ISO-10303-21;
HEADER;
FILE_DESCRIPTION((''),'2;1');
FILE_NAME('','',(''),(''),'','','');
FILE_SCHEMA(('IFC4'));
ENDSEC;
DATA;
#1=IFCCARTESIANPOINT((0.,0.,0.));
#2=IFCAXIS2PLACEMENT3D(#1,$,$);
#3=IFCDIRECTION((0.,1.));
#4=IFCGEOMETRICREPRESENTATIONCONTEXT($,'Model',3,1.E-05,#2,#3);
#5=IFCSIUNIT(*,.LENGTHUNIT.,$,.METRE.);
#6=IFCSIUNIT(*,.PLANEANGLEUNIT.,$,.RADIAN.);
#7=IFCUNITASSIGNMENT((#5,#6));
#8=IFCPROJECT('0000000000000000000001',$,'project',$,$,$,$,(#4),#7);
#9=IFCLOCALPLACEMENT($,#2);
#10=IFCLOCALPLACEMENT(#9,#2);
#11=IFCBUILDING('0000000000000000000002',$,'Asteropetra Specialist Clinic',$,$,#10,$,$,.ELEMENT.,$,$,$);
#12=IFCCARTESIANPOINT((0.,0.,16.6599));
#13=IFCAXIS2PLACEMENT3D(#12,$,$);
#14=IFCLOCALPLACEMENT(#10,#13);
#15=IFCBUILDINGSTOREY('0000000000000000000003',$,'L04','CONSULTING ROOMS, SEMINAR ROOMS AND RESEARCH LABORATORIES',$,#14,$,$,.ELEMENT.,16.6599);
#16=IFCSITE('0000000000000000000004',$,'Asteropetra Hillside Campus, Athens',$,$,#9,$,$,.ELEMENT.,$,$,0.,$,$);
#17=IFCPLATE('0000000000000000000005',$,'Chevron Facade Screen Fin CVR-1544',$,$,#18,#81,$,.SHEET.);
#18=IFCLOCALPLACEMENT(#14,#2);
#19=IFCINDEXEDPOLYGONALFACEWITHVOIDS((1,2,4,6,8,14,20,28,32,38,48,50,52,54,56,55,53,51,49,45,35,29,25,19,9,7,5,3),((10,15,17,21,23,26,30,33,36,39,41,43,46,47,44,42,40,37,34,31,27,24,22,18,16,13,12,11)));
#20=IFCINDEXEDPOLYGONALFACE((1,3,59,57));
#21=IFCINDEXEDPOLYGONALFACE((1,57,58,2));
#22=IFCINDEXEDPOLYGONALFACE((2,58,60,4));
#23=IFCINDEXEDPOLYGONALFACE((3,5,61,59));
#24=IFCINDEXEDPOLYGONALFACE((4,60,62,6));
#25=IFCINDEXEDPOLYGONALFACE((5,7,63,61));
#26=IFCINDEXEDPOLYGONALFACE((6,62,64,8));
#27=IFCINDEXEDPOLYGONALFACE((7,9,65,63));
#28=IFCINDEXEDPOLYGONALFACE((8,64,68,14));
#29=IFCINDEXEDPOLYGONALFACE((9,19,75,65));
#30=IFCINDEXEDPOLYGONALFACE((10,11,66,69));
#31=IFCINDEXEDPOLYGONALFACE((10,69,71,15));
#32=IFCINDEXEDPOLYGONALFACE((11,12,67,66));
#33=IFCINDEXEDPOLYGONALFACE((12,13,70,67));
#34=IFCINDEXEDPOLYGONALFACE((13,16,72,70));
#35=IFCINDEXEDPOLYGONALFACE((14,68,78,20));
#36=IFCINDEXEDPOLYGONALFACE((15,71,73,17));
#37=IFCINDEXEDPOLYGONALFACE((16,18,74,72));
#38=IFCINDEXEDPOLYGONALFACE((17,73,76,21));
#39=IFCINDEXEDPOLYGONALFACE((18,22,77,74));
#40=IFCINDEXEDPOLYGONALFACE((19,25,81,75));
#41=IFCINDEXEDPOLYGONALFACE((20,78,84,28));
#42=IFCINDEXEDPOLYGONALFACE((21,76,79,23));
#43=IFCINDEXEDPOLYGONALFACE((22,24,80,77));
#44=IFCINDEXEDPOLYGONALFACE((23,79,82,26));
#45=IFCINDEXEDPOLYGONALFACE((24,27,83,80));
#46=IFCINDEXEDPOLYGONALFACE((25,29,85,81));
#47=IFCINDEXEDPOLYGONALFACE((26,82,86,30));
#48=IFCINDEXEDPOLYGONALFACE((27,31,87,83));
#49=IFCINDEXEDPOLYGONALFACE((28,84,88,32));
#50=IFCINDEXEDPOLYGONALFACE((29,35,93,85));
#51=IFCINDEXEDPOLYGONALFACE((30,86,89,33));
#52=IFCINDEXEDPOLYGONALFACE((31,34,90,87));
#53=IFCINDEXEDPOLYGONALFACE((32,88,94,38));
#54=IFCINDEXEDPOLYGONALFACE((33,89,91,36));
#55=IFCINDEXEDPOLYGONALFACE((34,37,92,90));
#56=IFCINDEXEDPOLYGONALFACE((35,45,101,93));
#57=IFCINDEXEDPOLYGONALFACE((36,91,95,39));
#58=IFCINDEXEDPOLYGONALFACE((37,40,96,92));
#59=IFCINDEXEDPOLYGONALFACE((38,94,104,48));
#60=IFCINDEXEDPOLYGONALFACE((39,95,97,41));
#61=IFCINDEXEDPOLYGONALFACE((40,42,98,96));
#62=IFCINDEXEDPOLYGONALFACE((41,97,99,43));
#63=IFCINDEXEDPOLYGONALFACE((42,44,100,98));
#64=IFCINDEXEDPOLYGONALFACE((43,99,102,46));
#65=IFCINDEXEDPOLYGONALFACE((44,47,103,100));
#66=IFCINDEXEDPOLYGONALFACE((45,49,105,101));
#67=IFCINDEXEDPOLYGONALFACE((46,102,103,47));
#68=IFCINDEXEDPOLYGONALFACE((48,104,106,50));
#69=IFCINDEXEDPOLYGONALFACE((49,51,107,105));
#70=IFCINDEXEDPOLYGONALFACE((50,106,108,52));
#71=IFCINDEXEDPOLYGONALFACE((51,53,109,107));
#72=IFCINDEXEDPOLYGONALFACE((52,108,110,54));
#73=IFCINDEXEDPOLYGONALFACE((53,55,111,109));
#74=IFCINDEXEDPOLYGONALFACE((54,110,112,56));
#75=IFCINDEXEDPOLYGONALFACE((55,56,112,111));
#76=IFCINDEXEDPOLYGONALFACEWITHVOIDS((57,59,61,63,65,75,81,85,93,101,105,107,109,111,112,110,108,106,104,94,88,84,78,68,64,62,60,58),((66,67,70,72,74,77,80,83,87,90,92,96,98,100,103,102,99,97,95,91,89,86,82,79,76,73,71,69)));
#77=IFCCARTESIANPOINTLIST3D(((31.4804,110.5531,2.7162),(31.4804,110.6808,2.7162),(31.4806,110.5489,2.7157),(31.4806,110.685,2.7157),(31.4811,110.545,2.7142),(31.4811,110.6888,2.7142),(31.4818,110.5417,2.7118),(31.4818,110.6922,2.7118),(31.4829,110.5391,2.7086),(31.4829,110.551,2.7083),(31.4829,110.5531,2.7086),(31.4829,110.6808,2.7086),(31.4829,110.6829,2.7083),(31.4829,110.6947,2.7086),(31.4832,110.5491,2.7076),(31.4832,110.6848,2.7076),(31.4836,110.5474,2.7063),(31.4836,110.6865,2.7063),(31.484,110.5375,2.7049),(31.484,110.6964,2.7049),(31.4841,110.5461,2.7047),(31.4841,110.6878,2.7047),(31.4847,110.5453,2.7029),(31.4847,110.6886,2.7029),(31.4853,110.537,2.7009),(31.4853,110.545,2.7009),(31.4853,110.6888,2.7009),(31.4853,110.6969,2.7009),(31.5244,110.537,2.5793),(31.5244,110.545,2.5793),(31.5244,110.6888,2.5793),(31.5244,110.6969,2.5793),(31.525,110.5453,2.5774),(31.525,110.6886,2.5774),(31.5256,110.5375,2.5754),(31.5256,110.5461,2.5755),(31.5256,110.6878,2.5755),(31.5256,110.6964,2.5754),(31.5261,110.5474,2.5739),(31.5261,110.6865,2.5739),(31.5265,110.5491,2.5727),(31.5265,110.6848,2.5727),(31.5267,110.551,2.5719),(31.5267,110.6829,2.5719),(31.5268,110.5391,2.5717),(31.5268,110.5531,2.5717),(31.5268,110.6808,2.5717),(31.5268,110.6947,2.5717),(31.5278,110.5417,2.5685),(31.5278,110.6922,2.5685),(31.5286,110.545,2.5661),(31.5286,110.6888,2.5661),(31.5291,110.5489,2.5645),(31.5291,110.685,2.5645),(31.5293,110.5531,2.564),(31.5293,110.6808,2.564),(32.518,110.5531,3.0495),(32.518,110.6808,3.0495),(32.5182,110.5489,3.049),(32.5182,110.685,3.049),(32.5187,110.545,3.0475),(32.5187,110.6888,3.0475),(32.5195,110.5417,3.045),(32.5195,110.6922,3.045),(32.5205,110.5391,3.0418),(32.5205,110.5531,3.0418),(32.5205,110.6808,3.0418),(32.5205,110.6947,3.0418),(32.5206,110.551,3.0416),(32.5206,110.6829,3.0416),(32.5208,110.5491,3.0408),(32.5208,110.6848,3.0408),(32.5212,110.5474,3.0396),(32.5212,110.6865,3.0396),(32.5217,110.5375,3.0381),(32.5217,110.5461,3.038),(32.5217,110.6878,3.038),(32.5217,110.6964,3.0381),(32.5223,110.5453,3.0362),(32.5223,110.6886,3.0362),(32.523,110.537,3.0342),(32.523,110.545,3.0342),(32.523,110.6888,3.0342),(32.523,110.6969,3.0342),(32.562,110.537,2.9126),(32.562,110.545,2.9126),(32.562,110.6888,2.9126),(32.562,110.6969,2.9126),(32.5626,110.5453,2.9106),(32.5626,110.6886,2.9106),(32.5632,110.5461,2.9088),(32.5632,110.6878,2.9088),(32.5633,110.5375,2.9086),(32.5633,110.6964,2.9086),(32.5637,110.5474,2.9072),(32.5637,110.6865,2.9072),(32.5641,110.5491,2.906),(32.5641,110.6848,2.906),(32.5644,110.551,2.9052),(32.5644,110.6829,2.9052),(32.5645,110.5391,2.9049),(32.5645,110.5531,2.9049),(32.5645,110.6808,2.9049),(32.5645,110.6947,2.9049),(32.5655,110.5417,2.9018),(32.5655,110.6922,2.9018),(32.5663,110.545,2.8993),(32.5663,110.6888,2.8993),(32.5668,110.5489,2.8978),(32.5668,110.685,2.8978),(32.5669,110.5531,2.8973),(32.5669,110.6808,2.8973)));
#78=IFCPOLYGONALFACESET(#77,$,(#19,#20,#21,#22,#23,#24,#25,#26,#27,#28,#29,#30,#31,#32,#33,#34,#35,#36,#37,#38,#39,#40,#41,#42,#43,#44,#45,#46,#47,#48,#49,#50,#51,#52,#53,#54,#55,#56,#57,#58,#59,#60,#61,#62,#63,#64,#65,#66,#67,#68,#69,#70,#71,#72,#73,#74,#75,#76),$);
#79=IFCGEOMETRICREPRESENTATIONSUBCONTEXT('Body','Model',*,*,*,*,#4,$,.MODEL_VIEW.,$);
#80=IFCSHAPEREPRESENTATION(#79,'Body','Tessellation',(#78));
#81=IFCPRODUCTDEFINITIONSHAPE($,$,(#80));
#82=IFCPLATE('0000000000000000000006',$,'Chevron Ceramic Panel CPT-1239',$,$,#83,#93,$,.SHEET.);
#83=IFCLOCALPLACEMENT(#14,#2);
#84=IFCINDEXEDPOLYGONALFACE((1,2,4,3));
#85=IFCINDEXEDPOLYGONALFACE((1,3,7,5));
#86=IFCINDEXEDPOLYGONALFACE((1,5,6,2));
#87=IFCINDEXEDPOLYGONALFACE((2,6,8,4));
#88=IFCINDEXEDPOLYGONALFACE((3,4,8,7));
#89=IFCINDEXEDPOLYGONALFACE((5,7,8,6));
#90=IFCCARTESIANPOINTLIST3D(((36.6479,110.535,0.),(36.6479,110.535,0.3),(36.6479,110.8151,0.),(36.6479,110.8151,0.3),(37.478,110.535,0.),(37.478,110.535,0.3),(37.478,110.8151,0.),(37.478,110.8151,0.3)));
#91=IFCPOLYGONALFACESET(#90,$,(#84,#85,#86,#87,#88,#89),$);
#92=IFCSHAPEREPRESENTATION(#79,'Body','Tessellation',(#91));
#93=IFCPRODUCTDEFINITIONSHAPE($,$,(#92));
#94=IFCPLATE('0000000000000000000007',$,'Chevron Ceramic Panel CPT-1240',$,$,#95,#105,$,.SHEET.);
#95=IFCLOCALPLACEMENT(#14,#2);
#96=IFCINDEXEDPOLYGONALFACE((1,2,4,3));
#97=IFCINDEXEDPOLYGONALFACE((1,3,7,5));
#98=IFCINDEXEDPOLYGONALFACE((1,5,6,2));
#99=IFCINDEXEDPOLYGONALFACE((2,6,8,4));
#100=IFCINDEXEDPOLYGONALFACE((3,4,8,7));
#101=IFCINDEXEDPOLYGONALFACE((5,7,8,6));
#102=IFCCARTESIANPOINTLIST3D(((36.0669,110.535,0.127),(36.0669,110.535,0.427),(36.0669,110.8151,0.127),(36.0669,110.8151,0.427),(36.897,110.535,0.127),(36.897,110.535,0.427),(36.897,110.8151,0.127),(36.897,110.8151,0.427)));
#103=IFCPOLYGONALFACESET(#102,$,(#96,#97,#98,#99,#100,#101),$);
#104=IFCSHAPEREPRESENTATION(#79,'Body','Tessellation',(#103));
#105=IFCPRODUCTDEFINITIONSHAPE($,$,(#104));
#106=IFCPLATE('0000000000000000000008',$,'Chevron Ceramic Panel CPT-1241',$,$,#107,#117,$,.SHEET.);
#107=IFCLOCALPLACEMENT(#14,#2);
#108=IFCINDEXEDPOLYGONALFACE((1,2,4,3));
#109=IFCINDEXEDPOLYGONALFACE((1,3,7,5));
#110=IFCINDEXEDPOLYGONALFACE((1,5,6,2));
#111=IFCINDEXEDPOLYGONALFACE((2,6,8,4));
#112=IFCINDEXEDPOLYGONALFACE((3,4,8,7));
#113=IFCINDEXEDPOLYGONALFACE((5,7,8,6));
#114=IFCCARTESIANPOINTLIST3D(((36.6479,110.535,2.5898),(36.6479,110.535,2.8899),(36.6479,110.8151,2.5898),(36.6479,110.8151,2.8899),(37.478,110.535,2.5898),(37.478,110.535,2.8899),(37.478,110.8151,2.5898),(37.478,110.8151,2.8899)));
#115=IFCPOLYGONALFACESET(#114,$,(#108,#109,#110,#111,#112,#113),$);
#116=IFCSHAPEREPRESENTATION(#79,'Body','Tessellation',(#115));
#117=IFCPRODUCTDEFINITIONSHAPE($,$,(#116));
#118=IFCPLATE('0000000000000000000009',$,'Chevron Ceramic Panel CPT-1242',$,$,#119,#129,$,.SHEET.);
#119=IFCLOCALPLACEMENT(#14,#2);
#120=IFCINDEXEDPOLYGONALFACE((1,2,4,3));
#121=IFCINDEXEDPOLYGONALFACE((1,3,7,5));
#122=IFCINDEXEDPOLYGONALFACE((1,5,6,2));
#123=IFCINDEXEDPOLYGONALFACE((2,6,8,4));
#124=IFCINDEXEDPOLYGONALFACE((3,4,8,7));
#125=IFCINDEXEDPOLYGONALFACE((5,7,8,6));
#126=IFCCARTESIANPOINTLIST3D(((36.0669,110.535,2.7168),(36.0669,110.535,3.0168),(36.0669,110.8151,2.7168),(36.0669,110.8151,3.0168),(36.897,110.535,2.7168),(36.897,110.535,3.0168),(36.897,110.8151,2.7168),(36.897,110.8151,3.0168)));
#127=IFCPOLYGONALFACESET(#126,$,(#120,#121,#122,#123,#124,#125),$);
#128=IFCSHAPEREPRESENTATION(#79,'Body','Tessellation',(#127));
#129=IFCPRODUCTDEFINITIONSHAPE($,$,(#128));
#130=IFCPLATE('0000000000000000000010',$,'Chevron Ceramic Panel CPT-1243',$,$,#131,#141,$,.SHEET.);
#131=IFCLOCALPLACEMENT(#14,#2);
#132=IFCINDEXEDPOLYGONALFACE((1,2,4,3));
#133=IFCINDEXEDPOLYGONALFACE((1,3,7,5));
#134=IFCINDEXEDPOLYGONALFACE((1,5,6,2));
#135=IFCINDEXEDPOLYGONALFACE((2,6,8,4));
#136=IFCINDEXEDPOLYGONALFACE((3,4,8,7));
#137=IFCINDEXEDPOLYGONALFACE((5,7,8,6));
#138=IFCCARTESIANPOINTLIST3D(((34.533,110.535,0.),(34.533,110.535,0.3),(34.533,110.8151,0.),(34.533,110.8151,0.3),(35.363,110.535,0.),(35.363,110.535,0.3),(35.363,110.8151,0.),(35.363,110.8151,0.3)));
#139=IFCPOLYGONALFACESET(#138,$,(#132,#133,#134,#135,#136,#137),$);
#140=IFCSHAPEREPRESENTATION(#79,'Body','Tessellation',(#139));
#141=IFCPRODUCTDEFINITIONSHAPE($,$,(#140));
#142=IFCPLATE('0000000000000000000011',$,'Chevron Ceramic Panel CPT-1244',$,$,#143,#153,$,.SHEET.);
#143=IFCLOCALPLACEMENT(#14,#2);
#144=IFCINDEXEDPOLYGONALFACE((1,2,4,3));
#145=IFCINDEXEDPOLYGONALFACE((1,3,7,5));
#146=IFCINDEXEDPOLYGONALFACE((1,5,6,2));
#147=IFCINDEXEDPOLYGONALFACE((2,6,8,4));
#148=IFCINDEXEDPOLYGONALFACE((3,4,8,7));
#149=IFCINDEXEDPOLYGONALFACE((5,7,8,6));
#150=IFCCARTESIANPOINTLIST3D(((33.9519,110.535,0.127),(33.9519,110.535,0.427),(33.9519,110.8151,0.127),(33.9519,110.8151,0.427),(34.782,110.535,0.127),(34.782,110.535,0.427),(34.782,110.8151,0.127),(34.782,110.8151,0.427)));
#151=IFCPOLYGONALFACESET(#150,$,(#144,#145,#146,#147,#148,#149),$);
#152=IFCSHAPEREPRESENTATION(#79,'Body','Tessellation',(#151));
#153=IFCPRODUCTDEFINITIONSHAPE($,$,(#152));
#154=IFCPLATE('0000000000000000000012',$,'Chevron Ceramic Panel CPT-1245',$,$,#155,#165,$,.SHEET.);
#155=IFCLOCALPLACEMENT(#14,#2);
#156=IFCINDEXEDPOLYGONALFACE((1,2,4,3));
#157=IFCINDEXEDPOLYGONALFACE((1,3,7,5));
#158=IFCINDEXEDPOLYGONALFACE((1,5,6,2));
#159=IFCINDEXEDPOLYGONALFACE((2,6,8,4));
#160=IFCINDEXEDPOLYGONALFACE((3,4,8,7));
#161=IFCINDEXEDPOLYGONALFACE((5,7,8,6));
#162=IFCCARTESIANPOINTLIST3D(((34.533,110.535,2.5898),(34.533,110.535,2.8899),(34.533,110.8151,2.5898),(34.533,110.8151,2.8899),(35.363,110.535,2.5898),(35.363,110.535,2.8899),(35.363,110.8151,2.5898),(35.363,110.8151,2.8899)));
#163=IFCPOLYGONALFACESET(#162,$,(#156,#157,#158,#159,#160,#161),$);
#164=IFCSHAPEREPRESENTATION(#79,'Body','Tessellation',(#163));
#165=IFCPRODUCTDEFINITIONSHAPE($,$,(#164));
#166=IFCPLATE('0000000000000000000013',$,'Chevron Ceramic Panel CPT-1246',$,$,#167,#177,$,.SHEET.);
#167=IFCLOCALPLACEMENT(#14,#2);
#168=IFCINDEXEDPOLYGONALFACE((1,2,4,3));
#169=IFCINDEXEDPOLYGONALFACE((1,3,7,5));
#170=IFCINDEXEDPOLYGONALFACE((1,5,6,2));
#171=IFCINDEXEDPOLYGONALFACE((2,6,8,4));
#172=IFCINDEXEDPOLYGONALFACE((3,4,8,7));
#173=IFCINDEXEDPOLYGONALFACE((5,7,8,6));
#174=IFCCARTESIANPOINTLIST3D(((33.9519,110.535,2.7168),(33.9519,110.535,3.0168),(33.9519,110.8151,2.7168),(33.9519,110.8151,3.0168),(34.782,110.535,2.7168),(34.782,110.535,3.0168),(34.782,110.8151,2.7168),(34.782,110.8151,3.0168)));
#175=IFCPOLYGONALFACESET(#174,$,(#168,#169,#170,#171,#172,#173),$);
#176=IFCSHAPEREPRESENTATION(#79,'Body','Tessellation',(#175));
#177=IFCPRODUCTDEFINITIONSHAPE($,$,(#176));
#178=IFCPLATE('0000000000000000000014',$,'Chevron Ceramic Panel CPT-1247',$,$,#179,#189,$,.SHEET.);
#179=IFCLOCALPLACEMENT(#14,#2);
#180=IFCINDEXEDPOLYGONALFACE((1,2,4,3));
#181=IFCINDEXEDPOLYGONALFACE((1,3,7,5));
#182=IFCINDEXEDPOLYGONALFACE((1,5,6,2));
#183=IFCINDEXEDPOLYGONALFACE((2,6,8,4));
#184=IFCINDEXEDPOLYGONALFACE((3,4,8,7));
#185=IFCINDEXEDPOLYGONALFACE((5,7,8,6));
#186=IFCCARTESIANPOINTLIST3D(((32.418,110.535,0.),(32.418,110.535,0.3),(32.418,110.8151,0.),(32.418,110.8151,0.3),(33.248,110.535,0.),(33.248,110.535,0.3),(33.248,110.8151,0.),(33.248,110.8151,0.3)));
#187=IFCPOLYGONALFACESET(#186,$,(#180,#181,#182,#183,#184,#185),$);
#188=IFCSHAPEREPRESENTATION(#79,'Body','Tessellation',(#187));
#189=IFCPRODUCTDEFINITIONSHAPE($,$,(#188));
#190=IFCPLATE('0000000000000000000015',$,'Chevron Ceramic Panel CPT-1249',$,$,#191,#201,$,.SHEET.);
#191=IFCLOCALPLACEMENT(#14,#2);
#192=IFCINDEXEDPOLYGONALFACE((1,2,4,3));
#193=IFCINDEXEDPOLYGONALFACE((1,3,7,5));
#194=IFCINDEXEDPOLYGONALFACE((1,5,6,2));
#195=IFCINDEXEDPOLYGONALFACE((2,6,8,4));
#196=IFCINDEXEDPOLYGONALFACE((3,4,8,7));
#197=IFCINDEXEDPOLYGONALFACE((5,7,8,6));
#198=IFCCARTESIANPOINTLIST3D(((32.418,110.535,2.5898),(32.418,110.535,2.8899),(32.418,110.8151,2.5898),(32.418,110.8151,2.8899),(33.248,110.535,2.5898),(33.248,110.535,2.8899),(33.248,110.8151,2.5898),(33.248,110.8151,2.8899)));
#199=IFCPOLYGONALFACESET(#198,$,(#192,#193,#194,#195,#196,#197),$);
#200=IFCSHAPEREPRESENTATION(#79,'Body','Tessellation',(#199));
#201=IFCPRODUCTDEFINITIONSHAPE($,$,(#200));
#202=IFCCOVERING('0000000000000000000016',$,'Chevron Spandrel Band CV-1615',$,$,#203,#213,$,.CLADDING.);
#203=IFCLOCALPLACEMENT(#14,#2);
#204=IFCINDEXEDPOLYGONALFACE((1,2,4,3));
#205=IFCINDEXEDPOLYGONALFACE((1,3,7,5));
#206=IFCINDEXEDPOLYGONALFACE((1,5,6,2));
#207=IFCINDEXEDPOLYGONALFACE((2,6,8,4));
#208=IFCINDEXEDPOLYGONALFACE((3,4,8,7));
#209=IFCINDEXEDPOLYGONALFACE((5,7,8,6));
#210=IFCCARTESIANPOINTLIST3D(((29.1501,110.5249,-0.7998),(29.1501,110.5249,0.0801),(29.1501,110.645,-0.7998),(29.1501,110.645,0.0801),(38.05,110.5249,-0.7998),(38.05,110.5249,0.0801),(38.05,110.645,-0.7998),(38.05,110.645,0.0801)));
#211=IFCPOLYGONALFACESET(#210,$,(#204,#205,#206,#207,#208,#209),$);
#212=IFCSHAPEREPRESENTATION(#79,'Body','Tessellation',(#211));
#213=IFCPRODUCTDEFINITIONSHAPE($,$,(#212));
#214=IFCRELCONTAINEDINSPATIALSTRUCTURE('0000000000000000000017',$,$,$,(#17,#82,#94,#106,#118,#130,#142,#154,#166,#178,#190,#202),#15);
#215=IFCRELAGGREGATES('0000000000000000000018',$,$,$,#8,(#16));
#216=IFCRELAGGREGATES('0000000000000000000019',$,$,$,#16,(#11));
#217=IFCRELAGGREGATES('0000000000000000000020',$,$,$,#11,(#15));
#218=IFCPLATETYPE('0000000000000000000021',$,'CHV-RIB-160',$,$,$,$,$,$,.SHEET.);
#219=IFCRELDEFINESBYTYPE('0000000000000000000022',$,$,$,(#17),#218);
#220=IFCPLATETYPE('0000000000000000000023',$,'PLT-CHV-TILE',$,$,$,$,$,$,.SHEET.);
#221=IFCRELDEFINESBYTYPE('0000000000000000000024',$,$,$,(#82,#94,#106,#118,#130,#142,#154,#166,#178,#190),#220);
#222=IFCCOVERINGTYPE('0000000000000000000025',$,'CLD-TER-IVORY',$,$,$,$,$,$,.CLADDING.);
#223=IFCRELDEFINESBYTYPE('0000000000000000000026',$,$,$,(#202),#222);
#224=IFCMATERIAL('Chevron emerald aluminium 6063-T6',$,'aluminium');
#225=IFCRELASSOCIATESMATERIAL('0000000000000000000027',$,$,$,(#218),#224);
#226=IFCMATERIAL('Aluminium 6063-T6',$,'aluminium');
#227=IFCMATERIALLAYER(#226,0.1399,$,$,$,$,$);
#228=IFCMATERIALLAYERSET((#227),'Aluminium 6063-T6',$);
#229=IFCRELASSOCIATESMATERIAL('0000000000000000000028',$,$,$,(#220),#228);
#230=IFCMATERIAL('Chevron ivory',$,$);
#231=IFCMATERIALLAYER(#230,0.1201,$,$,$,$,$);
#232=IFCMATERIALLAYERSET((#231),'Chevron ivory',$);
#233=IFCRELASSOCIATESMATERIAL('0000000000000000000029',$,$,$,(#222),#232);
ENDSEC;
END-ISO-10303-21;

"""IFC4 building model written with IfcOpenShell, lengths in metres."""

from ifc_helpers import new_model, si_unit, direction, frame, origin, origin_2d, place, context, subcontext, project, spatial, rectangle, hollow_rectangle, extrude, material, layer, layer_set, material_profile, profile_set, type_object, element, save


model = new_model("IFC4")

# Units and contexts
model_context = context("Model", 3, precision=1e-05, world=origin(), true_north=direction((0.0, 1.0)))
body_context = subcontext(model_context, "Body", "Model", "MODEL_VIEW")
ifc_project = project(units=[si_unit("LENGTHUNIT", "METRE"), si_unit("PLANEANGLEUNIT", "RADIAN")], contexts=[model_context])

# Site, building, storey
site_placement = place(None, origin())
site = spatial("IfcSite", under=ifc_project, at=site_placement, Name="Asteropetra Hillside Campus, Athens", CompositionType="ELEMENT", RefElevation=0.0)
building_placement = place(site_placement, origin())
building = spatial("IfcBuilding", under=site, at=building_placement, Name="Asteropetra Specialist Clinic", CompositionType="ELEMENT")
storey_placement = place(building_placement, frame((0.0, 0.0, 16.6599)))
storey = spatial("IfcBuildingStorey", under=building, at=storey_placement, Name="L04", Description="CONSULTING ROOMS, SEMINAR ROOMS AND RESEARCH LABORATORIES", CompositionType="ELEMENT", Elevation=16.6599)

# Plates
ifc_material_1 = material(Name="Chevron emerald aluminium 6063-T6", Category="aluminium")
ifc_material_profile = material_profile(ifc_material_1, hollow_rectangle(XDim=0.1599, YDim=0.1599, WallThickness=0.0081, InnerFilletRadius=0.0081, OuterFilletRadius=0.0161, at=origin_2d()), Name="SHS 160x160x8.0")
ifc_profile_set = profile_set([ifc_material_profile], Name="Chevron emerald aluminium 6063-T6")
plate_type_1 = type_object("IfcPlateType", Name="CHV-RIB-160", PredefinedType="SHEET", material=ifc_profile_set)
for number, where, z_axis, x_axis, name in (
    (1, (32.5425, 110.6169, 2.9734), (-0.952098, 0.0, -0.305792), (0.0, -1.0, 0.0), "Chevron Facade Screen Fin CVR-1544"),
):
    element("IfcPlate", number, at=place(storey_placement, frame(where, z_axis=z_axis, x_axis=x_axis)), inside=storey, type_object=plate_type_1, Name=name, PredefinedType="SHEET", context=body_context, shape_type="SweptSolid", body=[
        extrude(hollow_rectangle(XDim=0.1599, YDim=0.1599, WallThickness=0.0081, InnerFilletRadius=0.0081, OuterFilletRadius=0.0161, at=origin_2d()), origin(), (0.0, 0.0, 1.0), 1.0898),
    ])
ifc_material_2 = material(Name="Aluminium 6063-T6", Category="aluminium")
ifc_layer_1 = layer(ifc_material_2, 0.1399)
ifc_layer_set_1 = layer_set([ifc_layer_1], Name="Aluminium 6063-T6")
plate_type_2 = type_object("IfcPlateType", Name="PLT-CHV-TILE", PredefinedType="SHEET", material=ifc_layer_set_1)
for number, where, z_axis, x_axis, name in (
    (2, (37.063, 110.675, 0.0), (0.0, 0.0, 1.0), (1.0, 0.0, 0.0), "Chevron Ceramic Panel CPT-1239"),
    (3, (36.4819, 110.675, 0.127), (0.0, 0.0, 1.0), (1.0, 0.0, 0.0), "Chevron Ceramic Panel CPT-1240"),
    (4, (37.063, 110.675, 2.5898), (0.0, 0.0, 1.0), (1.0, 0.0, 0.0), "Chevron Ceramic Panel CPT-1241"),
    (5, (36.4819, 110.675, 2.7168), (0.0, 0.0, 1.0), (1.0, 0.0, 0.0), "Chevron Ceramic Panel CPT-1242"),
    (6, (34.948, 110.675, 0.0), (0.0, 0.0, 1.0), (1.0, 0.0, 0.0), "Chevron Ceramic Panel CPT-1243"),
    (7, (34.3669, 110.675, 0.127), (0.0, 0.0, 1.0), (1.0, 0.0, 0.0), "Chevron Ceramic Panel CPT-1244"),
    (8, (34.948, 110.675, 2.5898), (0.0, 0.0, 1.0), (1.0, 0.0, 0.0), "Chevron Ceramic Panel CPT-1245"),
    (9, (34.3669, 110.675, 2.7168), (0.0, 0.0, 1.0), (1.0, 0.0, 0.0), "Chevron Ceramic Panel CPT-1246"),
    (10, (32.833, 110.675, 0.0), (0.0, 0.0, 1.0), (1.0, 0.0, 0.0), "Chevron Ceramic Panel CPT-1247"),
    (11, (32.833, 110.675, 2.5898), (0.0, 0.0, 1.0), (1.0, 0.0, 0.0), "Chevron Ceramic Panel CPT-1249"),
):
    element("IfcPlate", number, at=place(storey_placement, frame(where, z_axis=z_axis, x_axis=x_axis)), inside=storey, type_object=plate_type_2, Name=name, PredefinedType="SHEET", context=body_context, shape_type="SweptSolid", body=[
        extrude(rectangle(XDim=0.8301, YDim=0.28, at=origin_2d()), origin(), (0.0, 0.0, 1.0), 0.3),
    ])

# Covering
ifc_material_3 = material(Name="Chevron ivory")
ifc_layer_2 = layer(ifc_material_3, 0.1201)
ifc_layer_set_2 = layer_set([ifc_layer_2], Name="Chevron ivory")
covering_type_1 = type_object("IfcCoveringType", Name="CLD-TER-IVORY", PredefinedType="CLADDING", material=ifc_layer_set_2)
covering_1_placement = place(storey_placement, frame((33.6001, 110.585, -0.7998), z_axis=(0.0, 0.0, 1.0), x_axis=(1.0, 0.0, 0.0)))
element("IfcCovering", 12, at=covering_1_placement, inside=storey, type_object=covering_type_1, Name="Chevron Spandrel Band CV-1615", PredefinedType="CLADDING", context=body_context, shape_type="SweptSolid", body=[
    extrude(rectangle(XDim=8.8999, YDim=0.1201, at=origin_2d()), origin(), (0.0, 0.0, 1.0), 0.8799),
])

save(model, "model.ifc")
